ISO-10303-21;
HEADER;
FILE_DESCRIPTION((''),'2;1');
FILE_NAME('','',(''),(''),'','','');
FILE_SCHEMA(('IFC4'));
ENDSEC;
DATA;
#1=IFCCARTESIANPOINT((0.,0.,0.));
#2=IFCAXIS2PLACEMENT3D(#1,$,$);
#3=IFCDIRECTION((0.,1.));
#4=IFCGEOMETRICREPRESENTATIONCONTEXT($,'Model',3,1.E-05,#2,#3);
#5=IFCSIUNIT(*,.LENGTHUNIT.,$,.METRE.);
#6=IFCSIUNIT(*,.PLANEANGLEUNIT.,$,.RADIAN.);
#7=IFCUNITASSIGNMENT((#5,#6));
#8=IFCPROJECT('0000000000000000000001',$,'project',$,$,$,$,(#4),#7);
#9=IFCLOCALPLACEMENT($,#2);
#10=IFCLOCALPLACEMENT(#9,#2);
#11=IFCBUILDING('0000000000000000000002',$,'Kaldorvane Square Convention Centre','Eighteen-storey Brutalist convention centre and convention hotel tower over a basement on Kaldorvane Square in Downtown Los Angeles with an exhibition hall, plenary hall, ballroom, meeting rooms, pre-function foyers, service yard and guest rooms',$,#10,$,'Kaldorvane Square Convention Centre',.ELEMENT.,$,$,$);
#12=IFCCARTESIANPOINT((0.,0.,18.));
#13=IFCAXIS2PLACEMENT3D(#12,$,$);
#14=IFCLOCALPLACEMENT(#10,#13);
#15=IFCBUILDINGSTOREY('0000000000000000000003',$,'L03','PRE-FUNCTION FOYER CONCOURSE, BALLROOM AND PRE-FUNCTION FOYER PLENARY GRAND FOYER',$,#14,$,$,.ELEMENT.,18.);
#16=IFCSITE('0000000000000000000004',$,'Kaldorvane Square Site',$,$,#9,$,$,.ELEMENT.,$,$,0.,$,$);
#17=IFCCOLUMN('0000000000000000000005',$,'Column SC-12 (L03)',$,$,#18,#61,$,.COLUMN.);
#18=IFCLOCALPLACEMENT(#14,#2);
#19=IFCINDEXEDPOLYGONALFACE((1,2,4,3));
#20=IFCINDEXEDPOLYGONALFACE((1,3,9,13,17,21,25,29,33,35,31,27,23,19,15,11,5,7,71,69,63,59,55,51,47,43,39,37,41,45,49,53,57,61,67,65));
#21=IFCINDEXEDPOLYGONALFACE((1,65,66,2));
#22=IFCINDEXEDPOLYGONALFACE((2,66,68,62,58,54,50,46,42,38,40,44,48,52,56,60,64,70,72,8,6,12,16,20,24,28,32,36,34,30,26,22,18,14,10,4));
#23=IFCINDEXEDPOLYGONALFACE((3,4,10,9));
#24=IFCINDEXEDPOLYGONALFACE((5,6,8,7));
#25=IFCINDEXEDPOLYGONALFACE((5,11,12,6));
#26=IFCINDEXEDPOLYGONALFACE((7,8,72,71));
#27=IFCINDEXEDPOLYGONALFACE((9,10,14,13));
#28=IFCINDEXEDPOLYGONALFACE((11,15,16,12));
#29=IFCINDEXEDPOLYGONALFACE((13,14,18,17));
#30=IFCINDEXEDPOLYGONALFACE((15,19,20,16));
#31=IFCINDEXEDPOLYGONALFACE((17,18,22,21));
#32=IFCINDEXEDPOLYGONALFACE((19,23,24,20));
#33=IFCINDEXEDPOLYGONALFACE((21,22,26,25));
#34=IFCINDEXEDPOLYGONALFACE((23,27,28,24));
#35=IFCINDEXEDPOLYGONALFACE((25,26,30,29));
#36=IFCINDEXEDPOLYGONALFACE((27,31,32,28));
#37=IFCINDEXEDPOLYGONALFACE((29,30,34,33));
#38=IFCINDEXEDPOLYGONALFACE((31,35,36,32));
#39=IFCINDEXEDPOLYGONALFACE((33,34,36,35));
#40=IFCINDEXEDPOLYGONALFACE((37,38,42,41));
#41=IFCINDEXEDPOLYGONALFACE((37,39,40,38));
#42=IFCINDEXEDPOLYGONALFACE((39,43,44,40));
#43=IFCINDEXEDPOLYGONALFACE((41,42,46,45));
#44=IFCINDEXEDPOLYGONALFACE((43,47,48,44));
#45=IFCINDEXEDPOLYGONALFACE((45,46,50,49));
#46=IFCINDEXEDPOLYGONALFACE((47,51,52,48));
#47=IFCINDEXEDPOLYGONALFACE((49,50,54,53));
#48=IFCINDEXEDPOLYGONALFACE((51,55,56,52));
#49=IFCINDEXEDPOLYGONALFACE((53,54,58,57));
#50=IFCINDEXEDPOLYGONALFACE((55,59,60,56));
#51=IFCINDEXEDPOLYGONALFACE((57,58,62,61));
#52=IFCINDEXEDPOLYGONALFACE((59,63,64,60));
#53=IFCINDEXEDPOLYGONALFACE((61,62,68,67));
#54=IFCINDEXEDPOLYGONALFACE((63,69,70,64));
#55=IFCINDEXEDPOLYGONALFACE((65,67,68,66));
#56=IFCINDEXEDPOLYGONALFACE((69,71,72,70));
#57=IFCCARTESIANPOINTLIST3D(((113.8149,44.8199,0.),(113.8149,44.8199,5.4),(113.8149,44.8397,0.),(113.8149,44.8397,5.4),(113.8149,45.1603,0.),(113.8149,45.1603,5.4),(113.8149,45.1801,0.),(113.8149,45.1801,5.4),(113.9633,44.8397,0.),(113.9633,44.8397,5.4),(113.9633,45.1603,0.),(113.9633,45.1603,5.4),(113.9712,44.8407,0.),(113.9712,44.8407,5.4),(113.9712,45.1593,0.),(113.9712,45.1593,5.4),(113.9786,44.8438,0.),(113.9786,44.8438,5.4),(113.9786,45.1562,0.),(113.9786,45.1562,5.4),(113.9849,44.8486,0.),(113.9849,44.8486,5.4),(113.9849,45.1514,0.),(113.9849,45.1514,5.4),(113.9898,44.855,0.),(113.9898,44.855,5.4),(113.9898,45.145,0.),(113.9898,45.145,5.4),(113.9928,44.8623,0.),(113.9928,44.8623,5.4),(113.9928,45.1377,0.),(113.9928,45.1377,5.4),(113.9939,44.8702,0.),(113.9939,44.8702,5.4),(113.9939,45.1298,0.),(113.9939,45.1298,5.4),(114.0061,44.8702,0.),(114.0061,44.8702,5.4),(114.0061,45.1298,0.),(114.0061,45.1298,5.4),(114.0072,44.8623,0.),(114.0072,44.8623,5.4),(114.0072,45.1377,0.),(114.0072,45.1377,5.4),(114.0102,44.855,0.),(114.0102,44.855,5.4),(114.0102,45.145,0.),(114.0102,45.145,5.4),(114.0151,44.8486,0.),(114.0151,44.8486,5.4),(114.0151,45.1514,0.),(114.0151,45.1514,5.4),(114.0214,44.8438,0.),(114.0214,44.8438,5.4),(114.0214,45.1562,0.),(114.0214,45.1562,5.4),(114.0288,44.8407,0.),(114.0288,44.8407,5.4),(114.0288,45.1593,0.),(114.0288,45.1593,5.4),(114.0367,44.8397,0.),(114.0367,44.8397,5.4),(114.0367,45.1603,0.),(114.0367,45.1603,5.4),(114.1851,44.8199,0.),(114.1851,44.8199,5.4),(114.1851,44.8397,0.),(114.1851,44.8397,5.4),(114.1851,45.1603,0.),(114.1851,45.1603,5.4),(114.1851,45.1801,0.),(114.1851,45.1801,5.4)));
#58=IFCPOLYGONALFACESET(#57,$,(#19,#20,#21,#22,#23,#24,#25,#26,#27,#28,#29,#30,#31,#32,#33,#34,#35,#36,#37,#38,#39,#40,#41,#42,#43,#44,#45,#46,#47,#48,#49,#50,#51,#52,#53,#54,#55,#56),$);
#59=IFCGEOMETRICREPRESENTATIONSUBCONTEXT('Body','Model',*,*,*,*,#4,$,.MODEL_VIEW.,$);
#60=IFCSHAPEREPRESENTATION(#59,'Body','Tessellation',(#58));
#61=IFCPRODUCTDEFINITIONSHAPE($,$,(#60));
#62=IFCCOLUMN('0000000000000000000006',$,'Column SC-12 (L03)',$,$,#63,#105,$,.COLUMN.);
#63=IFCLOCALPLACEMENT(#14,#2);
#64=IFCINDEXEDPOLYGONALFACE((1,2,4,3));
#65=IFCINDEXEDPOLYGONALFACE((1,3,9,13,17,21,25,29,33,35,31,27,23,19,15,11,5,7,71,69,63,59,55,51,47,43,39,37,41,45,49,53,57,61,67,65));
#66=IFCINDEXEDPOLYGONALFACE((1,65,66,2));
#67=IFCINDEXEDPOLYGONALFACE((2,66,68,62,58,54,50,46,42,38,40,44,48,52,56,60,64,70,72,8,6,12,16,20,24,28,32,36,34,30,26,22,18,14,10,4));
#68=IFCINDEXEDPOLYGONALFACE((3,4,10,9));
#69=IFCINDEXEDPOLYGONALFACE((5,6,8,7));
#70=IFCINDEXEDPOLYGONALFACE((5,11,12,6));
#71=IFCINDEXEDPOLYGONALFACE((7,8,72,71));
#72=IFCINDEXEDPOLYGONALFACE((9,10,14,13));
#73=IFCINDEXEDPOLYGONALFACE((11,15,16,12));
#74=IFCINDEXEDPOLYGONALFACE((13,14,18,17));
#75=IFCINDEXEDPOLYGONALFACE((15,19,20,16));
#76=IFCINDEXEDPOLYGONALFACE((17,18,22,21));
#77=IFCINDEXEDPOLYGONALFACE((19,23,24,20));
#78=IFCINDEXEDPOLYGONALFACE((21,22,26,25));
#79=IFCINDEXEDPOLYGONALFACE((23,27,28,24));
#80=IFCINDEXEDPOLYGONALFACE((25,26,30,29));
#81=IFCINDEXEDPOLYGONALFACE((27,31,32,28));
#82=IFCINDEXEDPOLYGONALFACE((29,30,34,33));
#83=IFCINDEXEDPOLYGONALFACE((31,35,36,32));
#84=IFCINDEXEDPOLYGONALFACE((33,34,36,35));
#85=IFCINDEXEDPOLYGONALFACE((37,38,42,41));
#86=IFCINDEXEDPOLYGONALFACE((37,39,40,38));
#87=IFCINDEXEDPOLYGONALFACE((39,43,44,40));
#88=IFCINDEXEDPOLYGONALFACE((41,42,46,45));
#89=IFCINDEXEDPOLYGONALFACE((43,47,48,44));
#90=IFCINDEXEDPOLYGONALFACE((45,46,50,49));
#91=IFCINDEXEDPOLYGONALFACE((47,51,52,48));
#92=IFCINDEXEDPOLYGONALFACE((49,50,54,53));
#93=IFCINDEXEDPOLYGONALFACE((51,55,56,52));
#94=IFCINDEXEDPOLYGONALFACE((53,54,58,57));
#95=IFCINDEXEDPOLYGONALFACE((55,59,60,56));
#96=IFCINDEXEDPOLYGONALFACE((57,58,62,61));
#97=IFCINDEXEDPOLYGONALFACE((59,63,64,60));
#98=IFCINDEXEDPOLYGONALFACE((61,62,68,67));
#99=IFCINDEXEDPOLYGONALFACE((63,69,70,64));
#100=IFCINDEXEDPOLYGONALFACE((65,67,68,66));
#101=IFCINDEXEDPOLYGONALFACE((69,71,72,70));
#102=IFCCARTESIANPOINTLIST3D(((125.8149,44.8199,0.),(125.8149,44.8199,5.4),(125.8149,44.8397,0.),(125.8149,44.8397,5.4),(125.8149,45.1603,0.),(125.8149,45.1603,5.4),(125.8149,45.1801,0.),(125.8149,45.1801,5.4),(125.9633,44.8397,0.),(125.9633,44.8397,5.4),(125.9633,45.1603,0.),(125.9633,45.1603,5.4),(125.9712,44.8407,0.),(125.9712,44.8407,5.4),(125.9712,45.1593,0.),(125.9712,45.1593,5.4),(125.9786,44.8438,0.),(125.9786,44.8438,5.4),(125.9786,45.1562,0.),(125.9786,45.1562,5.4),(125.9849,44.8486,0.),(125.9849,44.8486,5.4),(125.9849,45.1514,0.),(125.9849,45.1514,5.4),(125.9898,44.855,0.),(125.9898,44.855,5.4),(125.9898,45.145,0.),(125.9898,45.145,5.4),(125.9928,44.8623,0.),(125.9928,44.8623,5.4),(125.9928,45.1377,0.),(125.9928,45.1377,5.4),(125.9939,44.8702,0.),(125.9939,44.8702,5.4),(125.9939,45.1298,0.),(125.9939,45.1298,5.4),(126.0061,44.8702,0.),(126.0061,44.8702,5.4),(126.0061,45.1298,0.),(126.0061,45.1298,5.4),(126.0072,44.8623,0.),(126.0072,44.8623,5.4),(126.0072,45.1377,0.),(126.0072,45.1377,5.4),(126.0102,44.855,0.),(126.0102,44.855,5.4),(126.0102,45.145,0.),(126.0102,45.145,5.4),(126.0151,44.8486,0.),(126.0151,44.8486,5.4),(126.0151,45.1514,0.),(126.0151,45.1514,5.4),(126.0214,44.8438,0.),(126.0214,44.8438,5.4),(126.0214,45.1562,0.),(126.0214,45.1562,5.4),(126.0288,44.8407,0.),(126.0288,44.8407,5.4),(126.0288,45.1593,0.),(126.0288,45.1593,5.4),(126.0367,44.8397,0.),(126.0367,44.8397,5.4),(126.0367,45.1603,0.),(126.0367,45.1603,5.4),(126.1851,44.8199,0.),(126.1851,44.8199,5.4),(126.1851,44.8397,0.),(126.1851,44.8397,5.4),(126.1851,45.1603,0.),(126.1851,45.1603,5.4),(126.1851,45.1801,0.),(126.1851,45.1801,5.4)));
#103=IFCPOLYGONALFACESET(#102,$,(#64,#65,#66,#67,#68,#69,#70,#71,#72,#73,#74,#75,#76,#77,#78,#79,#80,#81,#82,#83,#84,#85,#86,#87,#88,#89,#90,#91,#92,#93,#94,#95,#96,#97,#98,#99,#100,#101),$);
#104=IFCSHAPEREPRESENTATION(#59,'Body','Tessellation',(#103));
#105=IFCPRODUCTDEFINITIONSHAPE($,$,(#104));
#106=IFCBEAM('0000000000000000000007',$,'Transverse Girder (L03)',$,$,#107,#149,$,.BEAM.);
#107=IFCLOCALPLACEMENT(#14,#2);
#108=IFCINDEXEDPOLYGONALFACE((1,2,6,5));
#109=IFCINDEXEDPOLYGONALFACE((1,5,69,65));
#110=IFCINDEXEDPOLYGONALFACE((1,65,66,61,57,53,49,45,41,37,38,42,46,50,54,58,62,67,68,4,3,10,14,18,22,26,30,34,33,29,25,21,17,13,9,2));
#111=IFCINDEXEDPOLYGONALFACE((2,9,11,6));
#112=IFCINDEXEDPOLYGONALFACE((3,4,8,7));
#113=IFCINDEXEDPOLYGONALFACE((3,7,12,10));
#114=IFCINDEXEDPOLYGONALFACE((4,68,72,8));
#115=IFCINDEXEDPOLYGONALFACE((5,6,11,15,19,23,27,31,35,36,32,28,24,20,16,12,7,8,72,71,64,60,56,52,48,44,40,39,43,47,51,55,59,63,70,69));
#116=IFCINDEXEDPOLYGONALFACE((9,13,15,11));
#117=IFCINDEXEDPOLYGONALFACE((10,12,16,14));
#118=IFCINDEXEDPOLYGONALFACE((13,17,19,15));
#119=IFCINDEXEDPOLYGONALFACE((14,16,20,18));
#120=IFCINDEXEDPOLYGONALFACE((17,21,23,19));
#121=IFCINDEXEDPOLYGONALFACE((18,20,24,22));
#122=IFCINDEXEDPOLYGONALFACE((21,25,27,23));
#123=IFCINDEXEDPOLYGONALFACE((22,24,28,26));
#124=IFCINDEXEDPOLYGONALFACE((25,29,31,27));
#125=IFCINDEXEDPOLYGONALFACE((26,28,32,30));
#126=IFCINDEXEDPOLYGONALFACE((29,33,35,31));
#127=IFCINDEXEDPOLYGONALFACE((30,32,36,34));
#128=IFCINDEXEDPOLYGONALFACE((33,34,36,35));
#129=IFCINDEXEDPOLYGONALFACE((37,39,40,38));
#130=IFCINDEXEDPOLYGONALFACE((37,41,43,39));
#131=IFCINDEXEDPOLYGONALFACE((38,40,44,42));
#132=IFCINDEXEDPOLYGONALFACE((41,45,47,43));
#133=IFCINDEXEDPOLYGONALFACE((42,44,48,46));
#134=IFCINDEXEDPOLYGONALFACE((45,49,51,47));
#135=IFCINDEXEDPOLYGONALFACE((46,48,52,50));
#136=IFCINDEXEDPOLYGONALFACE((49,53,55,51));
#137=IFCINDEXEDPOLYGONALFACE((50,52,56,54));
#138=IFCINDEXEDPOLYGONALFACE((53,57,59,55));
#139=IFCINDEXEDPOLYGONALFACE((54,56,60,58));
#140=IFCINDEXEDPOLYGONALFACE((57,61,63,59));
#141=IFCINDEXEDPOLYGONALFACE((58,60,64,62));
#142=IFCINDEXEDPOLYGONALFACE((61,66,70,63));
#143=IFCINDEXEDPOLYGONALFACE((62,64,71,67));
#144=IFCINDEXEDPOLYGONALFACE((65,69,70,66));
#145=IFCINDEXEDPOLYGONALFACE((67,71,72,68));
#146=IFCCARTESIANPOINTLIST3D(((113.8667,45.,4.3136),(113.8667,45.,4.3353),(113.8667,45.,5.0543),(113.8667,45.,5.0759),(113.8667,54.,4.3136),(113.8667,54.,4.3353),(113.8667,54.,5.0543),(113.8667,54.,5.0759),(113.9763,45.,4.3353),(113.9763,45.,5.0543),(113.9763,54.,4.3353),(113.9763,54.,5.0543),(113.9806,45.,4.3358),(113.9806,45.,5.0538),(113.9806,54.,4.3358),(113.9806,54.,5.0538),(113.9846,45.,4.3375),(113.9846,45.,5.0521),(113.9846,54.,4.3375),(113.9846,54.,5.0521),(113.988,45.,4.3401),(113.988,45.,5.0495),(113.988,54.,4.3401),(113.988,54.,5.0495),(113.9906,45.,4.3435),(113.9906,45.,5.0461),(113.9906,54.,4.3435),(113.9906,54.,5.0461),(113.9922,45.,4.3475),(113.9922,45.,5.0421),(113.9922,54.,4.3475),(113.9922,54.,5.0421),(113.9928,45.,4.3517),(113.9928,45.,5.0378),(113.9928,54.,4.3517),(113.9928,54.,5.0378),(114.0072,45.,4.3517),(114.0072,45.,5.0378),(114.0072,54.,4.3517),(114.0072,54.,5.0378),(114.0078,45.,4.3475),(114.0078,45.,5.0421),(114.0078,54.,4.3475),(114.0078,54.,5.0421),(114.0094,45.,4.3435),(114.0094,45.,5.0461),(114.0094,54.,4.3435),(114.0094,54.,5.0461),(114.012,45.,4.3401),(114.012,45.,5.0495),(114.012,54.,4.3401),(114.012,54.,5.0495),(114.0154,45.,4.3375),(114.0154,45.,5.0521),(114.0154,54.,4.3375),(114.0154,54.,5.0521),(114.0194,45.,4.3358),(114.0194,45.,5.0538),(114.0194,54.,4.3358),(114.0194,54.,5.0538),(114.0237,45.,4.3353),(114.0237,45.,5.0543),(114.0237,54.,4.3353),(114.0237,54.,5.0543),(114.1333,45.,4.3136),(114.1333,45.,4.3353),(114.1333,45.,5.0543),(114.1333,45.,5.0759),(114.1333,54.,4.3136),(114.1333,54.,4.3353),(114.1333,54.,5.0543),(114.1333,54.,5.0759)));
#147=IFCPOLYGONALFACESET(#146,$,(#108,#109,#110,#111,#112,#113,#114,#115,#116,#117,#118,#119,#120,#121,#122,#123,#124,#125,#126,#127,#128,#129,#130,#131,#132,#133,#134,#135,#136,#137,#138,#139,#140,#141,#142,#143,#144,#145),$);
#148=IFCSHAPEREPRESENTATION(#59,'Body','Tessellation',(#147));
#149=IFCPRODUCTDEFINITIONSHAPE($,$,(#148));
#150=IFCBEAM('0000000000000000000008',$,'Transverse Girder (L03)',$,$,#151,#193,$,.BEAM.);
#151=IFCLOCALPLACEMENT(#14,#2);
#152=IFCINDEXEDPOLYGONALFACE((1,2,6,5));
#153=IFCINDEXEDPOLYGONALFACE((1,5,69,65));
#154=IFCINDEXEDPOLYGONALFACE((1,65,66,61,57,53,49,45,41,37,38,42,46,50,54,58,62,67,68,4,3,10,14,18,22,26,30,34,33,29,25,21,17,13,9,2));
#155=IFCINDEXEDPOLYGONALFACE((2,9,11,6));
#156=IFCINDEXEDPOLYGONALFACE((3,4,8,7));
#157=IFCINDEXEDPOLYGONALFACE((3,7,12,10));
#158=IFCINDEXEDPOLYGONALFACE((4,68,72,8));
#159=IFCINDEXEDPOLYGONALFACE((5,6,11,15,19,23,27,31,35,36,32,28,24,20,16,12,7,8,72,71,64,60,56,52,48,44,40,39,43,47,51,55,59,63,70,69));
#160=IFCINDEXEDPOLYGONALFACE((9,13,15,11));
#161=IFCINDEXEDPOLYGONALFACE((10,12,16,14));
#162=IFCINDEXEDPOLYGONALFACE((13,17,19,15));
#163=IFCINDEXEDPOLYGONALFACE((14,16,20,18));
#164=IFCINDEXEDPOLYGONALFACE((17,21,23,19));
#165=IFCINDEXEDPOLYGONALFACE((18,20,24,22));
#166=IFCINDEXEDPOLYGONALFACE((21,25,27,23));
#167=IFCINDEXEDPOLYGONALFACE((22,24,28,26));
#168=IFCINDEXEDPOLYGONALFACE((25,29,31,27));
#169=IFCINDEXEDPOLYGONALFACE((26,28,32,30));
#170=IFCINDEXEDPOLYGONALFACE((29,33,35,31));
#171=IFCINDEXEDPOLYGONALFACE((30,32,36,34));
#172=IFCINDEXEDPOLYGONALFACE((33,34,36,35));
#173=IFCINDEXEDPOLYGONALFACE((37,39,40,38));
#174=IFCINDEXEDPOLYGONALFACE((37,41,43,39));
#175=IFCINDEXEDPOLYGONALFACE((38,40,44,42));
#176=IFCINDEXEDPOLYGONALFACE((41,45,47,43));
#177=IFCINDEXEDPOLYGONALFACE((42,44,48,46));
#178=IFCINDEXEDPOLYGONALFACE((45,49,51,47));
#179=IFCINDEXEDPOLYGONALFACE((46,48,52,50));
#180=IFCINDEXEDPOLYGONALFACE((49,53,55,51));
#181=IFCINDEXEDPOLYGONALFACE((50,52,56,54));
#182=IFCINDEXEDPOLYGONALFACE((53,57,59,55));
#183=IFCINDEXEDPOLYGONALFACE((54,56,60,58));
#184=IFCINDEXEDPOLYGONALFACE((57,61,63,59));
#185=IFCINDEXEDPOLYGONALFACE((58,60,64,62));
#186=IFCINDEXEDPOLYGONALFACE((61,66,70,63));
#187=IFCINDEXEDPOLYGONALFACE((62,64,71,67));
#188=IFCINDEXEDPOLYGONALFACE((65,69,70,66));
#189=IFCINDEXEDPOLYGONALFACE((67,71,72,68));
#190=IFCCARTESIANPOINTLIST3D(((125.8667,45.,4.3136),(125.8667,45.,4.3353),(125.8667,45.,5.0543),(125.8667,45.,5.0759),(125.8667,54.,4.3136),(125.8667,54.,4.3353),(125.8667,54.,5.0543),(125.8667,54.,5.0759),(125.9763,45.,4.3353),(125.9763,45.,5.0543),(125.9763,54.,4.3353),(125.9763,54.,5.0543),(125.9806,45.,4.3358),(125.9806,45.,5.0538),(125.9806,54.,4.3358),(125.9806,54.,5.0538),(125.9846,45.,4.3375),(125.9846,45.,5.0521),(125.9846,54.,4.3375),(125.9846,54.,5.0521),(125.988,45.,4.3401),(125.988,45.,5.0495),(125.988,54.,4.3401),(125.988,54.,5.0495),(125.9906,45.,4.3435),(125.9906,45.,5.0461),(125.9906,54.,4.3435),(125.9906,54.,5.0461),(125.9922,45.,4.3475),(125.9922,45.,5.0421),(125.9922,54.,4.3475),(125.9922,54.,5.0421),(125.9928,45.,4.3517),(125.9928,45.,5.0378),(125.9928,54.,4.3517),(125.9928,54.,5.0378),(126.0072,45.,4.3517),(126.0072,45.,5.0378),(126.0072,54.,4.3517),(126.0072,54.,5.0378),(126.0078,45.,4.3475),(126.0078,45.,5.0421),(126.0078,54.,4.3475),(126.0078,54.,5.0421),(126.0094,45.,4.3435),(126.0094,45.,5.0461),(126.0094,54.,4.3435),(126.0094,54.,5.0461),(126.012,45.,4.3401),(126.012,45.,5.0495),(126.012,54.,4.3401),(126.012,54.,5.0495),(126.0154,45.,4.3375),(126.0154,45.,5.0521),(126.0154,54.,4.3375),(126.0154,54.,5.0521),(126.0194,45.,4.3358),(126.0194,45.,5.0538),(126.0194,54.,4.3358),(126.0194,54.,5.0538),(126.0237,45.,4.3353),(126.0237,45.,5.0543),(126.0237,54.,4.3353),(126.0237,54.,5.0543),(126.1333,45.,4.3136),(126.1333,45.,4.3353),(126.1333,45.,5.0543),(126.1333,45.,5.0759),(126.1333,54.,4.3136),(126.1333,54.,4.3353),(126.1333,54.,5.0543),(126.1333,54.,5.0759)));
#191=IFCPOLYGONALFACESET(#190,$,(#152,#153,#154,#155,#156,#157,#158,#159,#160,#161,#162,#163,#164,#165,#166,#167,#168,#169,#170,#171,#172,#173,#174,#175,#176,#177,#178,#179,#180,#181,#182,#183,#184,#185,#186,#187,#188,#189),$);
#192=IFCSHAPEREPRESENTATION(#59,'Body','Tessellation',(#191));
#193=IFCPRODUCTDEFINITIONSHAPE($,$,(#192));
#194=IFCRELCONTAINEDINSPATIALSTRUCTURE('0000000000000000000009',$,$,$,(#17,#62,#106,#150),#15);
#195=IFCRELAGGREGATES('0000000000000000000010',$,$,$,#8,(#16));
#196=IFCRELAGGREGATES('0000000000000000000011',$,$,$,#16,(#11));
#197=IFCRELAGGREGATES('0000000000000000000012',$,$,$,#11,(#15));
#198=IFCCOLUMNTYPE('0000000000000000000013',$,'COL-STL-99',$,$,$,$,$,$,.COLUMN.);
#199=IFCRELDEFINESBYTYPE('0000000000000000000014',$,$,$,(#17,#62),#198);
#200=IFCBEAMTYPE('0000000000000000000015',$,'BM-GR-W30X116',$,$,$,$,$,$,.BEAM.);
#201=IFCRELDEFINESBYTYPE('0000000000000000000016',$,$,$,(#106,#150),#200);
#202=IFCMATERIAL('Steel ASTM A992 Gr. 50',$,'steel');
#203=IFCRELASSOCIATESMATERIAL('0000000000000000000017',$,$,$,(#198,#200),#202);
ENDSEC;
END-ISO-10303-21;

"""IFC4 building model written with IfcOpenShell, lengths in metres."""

from ifc_helpers import new_model, si_unit, direction, frame, origin, origin_2d, place, context, subcontext, project, spatial, i_section, extrude, material, material_profile, profile_set, type_object, element, save


model = new_model("IFC4")

# Units and contexts
model_context = context("Model", 3, precision=1e-05, world=origin(), true_north=direction((0.0, 1.0)))
body_context = subcontext(model_context, "Body", "Model", "MODEL_VIEW")
ifc_project = project(units=[si_unit("LENGTHUNIT", "METRE"), si_unit("PLANEANGLEUNIT", "RADIAN")], contexts=[model_context])

# Site, building, storey
site_placement = place(None, origin())
site = spatial("IfcSite", under=ifc_project, at=site_placement, Name="Kaldorvane Square Site", CompositionType="ELEMENT", RefElevation=0.0)
building_placement = place(site_placement, origin())
building = spatial("IfcBuilding", under=site, at=building_placement, Name="Kaldorvane Square Convention Centre", Description="Eighteen-storey Brutalist convention centre and convention hotel tower over a basement on Kaldorvane Square in Downtown Los Angeles with an exhibition hall, plenary hall, ballroom, meeting rooms, pre-function foyers, service yard and guest rooms", LongName="Kaldorvane Square Convention Centre", CompositionType="ELEMENT")
storey_placement = place(building_placement, frame((0.0, 0.0, 18.0)))
storey = spatial("IfcBuildingStorey", under=building, at=storey_placement, Name="L03", Description="PRE-FUNCTION FOYER CONCOURSE, BALLROOM AND PRE-FUNCTION FOYER PLENARY GRAND FOYER", CompositionType="ELEMENT", Elevation=18.0)

# Columns
ifc_material_1 = material(Name="Steel ASTM A992 Gr. 50", Category="steel")
ifc_material_profile_1 = material_profile(ifc_material_1, i_section(OverallWidth=0.3701, OverallDepth=0.3602, WebThickness=0.0123, FlangeThickness=0.0198, FilletRadius=0.0305, at=origin_2d()), Name="W14X99")
ifc_profile_set_1 = profile_set([ifc_material_profile_1], Name="Steel ASTM A992 Gr. 50")
column_type = type_object("IfcColumnType", Name="COL-STL-99", PredefinedType="COLUMN", material=ifc_profile_set_1)
for number, where, z_axis, x_axis, name in (
    (1, (114.0, 45.0, 0.0), (0.0, 0.0, 1.0), (1.0, 0.0, 0.0), "Column SC-12 (L03)"),
    (2, (126.0, 45.0, 0.0), (0.0, 0.0, 1.0), (1.0, 0.0, 0.0), "Column SC-12 (L03)"),
):
    element("IfcColumn", number, at=place(storey_placement, frame(where, z_axis=z_axis, x_axis=x_axis)), inside=storey, type_object=column_type, Name=name, PredefinedType="COLUMN", context=body_context, shape_type="SweptSolid", body=[
        extrude(i_section(OverallWidth=0.3701, OverallDepth=0.3602, WebThickness=0.0123, FlangeThickness=0.0198, FilletRadius=0.0305, at=origin_2d()), origin(), (0.0, 0.0, 1.0), 5.4),
    ])

# Beams
ifc_material_profile_2 = material_profile(ifc_material_1, i_section(OverallWidth=0.2666, OverallDepth=0.7623, WebThickness=0.0144, FlangeThickness=0.0216, FilletRadius=0.0165, at=origin_2d()), Name="W30X116")
ifc_profile_set_2 = profile_set([ifc_material_profile_2], Name="Steel ASTM A992 Gr. 50")
beam_type_1 = type_object("IfcBeamType", Name="BM-GR-W30X116", PredefinedType="BEAM", material=ifc_profile_set_2)
for number, where, z_axis, x_axis, name in (
    (3, (114.0, 45.0, 4.6948), (0.0, 1.0, 0.0), (-1.0, 0.0, 0.0), "Transverse Girder (L03)"),
    (4, (126.0, 45.0, 4.6948), (0.0, 1.0, 0.0), (-1.0, 0.0, 0.0), "Transverse Girder (L03)"),
):
    element("IfcBeam", number, at=place(storey_placement, frame(where, z_axis=z_axis, x_axis=x_axis)), inside=storey, type_object=beam_type_1, Name=name, PredefinedType="BEAM", context=body_context, shape_type="SweptSolid", body=[
        extrude(i_section(OverallWidth=0.2666, OverallDepth=0.7623, WebThickness=0.0144, FlangeThickness=0.0216, FilletRadius=0.0165, at=origin_2d()), origin(), (0.0, 0.0, 1.0), 9.0),
    ])

save(model, "model.ifc")
